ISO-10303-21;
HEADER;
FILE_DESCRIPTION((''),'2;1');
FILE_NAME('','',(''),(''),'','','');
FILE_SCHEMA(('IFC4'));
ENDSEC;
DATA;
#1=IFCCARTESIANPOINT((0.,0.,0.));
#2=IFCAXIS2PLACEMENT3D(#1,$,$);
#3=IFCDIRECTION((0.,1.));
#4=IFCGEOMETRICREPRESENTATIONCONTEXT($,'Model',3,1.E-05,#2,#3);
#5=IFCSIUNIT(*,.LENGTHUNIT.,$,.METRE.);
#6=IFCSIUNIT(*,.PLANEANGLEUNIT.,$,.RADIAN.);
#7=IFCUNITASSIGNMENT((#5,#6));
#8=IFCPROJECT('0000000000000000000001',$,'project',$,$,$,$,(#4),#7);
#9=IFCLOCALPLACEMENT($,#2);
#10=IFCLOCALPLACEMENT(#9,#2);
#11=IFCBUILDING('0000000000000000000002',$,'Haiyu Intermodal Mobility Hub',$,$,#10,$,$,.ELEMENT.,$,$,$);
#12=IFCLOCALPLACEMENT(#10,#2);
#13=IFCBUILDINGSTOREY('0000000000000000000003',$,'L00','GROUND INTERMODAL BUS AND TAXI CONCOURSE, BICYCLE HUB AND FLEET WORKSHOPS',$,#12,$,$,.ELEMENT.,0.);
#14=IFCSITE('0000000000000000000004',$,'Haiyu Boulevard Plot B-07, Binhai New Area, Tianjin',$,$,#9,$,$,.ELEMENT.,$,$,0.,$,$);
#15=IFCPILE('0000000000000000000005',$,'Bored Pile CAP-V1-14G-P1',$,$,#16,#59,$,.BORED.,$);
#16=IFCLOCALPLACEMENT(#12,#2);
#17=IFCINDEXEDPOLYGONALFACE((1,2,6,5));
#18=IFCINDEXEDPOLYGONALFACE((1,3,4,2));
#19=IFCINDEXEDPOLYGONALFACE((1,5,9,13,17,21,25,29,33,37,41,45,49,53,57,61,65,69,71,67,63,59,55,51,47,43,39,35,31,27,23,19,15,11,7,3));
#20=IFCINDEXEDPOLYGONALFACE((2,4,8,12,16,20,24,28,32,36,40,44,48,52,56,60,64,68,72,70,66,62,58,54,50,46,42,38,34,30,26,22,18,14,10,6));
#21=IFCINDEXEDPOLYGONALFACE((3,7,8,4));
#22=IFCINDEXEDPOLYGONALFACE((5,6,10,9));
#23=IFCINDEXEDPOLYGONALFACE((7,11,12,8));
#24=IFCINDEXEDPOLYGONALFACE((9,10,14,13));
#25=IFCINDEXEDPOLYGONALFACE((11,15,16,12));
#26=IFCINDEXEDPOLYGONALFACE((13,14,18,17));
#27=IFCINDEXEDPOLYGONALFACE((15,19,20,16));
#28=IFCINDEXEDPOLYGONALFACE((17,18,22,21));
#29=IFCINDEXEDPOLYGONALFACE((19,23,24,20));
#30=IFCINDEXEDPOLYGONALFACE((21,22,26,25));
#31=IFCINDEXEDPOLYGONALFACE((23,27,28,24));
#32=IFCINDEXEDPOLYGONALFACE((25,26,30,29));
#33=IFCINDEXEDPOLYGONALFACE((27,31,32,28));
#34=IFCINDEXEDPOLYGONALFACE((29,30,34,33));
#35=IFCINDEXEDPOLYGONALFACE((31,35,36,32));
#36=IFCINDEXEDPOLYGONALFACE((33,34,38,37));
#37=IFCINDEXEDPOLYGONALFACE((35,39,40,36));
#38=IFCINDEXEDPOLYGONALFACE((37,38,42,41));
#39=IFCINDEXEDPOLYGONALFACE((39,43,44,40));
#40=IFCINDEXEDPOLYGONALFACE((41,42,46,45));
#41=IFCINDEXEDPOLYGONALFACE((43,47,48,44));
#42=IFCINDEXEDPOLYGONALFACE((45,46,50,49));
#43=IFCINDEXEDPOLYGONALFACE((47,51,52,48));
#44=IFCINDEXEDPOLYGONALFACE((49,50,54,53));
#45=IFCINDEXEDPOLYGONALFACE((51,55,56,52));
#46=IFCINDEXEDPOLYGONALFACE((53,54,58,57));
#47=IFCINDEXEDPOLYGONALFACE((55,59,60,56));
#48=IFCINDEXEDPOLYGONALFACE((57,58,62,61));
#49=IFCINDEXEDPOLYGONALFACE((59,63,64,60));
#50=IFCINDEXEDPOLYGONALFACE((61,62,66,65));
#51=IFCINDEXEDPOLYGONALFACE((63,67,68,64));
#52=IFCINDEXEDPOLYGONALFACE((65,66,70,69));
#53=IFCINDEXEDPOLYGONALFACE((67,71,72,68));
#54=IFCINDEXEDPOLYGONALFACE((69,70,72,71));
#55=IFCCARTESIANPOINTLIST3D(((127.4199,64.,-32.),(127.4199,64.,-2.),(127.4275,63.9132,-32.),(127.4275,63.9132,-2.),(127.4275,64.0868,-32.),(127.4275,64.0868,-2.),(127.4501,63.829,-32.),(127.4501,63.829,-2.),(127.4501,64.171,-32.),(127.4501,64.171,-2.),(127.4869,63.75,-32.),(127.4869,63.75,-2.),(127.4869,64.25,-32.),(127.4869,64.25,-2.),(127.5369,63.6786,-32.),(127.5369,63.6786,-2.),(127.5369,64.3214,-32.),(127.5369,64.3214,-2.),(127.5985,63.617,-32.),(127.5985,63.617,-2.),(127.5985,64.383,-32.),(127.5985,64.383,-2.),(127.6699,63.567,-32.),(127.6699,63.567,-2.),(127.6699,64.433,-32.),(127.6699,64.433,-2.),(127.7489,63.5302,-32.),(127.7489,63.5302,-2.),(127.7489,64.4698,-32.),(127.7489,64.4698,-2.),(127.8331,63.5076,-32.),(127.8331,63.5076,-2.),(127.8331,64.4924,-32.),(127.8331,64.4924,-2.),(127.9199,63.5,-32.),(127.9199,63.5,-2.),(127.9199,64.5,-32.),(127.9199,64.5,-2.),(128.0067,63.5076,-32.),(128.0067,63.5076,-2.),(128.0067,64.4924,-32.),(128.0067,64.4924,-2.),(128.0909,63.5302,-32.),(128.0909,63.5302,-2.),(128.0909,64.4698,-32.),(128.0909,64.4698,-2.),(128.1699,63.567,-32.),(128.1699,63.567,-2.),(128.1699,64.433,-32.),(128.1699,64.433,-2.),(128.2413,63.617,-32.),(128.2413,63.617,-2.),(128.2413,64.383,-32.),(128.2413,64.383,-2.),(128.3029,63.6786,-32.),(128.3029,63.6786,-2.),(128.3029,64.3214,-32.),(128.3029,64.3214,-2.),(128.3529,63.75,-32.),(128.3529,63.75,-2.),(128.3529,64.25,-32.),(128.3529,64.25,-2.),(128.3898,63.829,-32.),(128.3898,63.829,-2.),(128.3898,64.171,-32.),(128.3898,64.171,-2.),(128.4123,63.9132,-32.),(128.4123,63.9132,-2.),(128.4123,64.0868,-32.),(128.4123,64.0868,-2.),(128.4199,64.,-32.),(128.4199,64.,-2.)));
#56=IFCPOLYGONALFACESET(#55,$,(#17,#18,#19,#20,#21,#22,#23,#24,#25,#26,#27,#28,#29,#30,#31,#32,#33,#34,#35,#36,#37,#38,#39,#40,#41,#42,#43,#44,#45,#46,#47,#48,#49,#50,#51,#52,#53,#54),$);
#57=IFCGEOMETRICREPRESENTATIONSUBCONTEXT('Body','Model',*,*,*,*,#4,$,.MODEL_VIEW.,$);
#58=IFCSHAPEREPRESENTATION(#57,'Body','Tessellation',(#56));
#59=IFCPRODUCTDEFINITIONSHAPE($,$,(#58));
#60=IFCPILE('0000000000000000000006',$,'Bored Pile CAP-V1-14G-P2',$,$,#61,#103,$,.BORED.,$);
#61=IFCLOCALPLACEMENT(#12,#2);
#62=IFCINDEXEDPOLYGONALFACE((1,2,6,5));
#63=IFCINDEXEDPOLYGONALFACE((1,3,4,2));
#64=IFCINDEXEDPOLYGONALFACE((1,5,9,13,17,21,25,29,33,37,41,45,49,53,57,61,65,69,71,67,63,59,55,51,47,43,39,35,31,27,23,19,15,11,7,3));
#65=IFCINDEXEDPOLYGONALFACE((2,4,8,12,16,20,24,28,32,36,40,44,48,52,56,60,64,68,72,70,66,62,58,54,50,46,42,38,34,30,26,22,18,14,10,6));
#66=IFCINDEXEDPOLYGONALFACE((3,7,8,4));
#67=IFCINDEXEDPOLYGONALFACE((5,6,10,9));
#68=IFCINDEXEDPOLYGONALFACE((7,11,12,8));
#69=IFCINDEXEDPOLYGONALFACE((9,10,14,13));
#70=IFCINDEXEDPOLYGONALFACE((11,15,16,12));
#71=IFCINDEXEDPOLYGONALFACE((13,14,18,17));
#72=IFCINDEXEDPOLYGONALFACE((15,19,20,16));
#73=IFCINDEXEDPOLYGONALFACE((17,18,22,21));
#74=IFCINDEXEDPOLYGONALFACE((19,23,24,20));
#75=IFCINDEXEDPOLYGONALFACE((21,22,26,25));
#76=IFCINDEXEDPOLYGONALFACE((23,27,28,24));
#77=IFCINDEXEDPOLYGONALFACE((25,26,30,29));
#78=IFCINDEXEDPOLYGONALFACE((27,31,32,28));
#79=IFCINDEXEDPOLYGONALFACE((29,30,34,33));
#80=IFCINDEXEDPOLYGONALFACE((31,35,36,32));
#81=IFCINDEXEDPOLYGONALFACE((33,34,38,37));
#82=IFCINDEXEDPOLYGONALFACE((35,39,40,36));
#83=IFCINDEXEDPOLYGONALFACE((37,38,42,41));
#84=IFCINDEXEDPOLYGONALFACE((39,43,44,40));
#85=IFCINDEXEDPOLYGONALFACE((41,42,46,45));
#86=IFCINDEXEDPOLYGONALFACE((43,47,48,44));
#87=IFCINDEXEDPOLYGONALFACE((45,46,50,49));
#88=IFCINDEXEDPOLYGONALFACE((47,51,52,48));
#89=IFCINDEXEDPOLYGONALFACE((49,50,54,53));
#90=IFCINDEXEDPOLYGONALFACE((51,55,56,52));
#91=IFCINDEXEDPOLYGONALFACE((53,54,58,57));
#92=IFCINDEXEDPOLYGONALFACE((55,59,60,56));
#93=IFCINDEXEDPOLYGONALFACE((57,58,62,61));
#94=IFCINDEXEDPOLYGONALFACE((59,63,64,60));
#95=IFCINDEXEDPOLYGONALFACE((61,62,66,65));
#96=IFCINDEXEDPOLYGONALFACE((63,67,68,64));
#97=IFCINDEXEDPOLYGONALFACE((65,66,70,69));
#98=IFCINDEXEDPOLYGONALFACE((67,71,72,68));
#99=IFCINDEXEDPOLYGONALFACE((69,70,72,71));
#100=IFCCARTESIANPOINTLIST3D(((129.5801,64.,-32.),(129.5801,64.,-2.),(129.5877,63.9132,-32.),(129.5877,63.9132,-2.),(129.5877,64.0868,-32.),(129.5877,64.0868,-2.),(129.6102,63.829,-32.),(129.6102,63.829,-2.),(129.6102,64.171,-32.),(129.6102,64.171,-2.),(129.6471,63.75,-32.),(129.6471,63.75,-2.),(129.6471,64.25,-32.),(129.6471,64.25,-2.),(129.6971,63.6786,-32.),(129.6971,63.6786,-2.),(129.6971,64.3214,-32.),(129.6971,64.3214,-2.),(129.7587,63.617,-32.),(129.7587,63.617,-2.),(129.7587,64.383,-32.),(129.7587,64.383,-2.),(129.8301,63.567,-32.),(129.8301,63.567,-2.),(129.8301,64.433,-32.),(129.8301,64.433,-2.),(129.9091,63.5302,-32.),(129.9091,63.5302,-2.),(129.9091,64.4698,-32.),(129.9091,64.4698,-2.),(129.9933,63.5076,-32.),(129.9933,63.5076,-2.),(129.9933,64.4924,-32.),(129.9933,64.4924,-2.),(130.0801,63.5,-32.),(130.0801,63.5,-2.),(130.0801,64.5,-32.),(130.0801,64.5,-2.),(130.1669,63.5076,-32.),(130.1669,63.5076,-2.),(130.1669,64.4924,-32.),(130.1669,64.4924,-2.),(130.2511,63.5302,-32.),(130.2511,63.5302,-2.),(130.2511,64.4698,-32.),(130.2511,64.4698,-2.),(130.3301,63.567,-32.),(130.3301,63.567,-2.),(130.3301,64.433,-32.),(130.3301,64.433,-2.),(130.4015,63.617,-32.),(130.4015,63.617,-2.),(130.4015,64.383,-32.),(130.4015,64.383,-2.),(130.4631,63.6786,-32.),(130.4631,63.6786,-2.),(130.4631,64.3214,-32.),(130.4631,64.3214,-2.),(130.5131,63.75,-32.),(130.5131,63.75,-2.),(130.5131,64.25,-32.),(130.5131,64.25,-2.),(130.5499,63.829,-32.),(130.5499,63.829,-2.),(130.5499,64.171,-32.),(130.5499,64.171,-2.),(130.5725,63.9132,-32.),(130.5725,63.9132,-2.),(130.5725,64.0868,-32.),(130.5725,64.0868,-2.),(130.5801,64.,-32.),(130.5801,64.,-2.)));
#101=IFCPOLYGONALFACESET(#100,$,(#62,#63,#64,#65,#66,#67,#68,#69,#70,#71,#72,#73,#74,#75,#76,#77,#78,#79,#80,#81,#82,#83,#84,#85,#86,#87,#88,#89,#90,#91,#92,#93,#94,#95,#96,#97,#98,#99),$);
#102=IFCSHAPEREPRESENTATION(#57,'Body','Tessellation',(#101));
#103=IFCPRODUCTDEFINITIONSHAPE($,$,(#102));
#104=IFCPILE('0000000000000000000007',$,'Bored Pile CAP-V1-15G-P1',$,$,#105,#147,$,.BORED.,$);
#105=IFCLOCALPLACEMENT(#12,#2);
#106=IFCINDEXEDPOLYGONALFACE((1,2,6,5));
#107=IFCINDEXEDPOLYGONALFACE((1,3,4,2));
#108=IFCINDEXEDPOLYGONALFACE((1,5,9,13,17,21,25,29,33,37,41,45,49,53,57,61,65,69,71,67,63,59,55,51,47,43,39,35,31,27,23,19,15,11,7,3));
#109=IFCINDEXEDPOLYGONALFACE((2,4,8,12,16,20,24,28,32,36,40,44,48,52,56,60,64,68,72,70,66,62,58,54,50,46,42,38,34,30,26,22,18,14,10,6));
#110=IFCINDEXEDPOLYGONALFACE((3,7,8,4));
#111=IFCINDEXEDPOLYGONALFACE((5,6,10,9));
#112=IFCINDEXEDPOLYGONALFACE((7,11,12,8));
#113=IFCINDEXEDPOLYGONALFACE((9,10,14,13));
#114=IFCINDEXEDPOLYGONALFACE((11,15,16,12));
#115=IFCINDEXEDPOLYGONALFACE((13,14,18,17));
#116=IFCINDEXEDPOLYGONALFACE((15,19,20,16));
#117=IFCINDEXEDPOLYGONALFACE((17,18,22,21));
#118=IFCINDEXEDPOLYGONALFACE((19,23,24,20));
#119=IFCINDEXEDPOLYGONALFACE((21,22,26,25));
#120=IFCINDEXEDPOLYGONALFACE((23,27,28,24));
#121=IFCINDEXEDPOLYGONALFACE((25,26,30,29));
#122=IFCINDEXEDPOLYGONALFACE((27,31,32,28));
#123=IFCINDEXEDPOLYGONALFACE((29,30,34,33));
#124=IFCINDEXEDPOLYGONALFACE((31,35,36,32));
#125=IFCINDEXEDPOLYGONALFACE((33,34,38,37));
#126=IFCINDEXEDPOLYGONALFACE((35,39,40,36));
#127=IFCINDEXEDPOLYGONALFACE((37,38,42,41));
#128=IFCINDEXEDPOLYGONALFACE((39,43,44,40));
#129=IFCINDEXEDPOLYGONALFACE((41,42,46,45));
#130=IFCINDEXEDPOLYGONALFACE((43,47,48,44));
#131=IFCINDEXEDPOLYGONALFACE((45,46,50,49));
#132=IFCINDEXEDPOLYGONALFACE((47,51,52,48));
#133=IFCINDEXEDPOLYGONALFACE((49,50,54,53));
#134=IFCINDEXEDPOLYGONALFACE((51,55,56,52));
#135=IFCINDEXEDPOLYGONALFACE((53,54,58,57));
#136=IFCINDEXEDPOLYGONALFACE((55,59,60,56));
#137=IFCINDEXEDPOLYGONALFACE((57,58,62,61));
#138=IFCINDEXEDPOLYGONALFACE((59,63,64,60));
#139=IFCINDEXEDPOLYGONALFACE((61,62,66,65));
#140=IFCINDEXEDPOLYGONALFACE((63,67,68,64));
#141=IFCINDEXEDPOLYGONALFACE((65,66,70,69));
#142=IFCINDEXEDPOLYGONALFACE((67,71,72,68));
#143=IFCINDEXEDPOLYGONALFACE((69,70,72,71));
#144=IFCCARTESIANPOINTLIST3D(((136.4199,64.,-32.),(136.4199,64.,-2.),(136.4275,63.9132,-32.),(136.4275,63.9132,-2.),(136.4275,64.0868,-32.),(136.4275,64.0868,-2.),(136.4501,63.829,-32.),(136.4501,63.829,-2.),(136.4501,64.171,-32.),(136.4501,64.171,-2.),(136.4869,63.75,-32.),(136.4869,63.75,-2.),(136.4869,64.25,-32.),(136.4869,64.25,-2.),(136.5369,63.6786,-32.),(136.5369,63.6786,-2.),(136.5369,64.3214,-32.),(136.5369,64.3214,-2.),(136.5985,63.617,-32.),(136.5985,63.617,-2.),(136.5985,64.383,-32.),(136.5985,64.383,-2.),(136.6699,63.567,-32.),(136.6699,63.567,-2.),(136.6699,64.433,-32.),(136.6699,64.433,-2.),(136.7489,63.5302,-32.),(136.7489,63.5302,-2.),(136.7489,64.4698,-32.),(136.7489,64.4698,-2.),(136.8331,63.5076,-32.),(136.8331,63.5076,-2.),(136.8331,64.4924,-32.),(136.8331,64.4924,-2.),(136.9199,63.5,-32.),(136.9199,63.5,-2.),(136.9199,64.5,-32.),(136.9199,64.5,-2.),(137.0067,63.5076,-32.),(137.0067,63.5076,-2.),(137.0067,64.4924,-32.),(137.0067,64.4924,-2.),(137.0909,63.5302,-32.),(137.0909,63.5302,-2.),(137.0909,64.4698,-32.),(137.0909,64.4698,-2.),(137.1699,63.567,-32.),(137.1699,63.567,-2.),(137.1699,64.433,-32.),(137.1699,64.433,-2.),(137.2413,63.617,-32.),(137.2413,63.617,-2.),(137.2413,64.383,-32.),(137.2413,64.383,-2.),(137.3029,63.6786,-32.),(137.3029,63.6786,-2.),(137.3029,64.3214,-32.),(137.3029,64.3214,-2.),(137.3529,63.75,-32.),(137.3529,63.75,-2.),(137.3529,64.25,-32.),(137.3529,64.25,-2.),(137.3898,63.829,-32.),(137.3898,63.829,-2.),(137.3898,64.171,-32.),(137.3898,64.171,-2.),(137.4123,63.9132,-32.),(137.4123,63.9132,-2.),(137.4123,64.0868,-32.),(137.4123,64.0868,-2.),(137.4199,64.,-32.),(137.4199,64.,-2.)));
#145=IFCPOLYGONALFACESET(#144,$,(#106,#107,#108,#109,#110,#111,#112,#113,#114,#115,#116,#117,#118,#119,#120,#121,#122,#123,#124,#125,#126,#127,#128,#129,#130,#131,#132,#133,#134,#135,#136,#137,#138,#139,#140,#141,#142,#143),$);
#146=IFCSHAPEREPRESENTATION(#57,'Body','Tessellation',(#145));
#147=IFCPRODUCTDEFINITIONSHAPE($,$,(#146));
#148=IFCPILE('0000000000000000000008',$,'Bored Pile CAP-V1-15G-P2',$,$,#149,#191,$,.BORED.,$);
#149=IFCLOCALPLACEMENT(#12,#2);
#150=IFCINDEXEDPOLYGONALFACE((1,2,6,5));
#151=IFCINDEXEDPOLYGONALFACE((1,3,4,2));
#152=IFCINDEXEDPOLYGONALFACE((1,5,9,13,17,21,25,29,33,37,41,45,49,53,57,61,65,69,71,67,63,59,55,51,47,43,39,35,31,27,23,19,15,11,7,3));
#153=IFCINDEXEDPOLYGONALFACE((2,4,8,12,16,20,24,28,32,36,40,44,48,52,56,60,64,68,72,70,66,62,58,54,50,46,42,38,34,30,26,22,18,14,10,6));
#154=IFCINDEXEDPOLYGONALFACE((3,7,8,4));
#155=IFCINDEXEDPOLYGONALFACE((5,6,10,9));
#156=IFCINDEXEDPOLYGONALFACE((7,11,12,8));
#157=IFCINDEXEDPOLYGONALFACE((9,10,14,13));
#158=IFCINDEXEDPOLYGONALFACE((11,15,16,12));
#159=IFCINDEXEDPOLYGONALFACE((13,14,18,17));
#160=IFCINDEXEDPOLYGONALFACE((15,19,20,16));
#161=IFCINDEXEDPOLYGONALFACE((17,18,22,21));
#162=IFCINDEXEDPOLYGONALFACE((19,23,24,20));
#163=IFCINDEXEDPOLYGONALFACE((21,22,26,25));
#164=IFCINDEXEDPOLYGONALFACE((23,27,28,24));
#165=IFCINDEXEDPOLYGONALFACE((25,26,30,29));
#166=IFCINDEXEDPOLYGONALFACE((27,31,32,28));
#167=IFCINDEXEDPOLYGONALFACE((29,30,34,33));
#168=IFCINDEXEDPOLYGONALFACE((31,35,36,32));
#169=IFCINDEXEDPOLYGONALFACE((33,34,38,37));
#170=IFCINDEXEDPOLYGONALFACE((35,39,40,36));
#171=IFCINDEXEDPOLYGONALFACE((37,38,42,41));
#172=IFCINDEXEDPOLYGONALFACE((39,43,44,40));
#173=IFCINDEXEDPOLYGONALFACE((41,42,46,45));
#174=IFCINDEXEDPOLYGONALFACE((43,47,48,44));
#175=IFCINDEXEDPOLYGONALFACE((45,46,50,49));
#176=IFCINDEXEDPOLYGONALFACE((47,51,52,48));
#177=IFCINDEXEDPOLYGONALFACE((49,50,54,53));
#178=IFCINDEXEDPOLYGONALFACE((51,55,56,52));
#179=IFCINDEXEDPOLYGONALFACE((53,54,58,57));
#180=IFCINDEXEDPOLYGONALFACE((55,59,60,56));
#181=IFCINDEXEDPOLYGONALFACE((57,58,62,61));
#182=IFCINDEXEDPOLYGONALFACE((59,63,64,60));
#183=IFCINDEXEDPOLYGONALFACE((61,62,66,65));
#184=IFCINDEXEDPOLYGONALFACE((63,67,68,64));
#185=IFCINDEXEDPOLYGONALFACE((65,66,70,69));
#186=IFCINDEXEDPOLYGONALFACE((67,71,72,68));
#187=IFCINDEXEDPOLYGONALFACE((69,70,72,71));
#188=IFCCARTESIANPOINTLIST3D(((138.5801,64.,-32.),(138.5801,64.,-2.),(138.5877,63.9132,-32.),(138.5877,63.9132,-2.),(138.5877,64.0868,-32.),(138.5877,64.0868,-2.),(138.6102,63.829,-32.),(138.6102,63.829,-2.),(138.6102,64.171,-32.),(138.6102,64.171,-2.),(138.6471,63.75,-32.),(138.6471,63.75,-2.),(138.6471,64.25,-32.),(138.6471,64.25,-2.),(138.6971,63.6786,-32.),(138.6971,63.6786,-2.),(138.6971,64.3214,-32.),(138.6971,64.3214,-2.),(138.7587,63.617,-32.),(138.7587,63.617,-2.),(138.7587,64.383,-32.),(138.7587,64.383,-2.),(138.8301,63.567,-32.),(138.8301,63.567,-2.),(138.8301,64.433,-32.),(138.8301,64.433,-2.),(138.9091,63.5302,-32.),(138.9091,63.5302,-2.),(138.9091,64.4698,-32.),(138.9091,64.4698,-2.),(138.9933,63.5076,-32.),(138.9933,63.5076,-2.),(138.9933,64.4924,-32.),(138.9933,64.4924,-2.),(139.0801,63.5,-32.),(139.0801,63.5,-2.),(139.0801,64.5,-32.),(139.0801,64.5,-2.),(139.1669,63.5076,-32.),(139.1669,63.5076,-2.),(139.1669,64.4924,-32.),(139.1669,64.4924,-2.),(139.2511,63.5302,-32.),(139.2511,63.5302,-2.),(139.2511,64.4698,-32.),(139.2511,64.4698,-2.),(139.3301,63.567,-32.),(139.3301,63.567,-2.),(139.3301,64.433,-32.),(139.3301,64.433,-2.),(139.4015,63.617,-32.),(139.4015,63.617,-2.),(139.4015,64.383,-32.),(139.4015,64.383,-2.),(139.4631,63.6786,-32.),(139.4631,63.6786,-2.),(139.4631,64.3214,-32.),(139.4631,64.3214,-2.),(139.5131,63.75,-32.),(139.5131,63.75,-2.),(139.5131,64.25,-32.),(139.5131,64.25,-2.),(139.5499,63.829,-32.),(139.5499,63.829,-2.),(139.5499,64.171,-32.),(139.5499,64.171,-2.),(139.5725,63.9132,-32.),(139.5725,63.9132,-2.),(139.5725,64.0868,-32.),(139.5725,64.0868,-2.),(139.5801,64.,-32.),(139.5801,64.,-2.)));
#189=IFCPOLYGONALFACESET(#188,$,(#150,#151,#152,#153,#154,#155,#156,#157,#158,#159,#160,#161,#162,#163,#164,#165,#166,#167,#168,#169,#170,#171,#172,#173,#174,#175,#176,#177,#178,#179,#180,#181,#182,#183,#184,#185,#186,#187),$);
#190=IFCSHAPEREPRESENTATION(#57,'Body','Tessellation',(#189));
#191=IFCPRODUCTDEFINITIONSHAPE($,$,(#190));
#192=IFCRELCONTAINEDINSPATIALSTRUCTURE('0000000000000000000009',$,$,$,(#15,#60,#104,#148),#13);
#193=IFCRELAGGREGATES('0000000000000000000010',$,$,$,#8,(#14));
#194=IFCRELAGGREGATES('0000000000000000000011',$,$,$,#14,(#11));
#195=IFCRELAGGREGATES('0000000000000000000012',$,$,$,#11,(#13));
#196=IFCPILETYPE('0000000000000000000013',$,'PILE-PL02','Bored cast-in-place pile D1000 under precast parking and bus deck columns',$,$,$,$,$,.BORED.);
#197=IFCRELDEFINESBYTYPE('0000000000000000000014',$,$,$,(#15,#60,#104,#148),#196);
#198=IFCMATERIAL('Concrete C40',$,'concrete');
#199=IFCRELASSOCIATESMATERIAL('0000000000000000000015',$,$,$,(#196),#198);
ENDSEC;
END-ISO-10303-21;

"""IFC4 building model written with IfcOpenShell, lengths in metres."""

from ifc_helpers import new_model, si_unit, direction, frame, origin, origin_2d, place, context, subcontext, project, spatial, circle, extrude, material, material_profile, profile_set, type_object, element, save


model = new_model("IFC4")

# Units and contexts
model_context = context("Model", 3, precision=1e-05, world=origin(), true_north=direction((0.0, 1.0)))
body_context = subcontext(model_context, "Body", "Model", "MODEL_VIEW")
ifc_project = project(units=[si_unit("LENGTHUNIT", "METRE"), si_unit("PLANEANGLEUNIT", "RADIAN")], contexts=[model_context])

# Site, building, storey
site_placement = place(None, origin())
site = spatial("IfcSite", under=ifc_project, at=site_placement, Name="Haiyu Boulevard Plot B-07, Binhai New Area, Tianjin", CompositionType="ELEMENT", RefElevation=0.0)
building_placement = place(site_placement, origin())
building = spatial("IfcBuilding", under=site, at=building_placement, Name="Haiyu Intermodal Mobility Hub", CompositionType="ELEMENT")
storey_placement = place(building_placement, origin())
storey = spatial("IfcBuildingStorey", under=building, at=storey_placement, Name="L00", Description="GROUND INTERMODAL BUS AND TAXI CONCOURSE, BICYCLE HUB AND FLEET WORKSHOPS", CompositionType="ELEMENT", Elevation=0.0)

# Shared definitions
ifc_material_1 = material(Name="Concrete C40", Category="concrete")

# Piles
ifc_material_profile_1 = material_profile(ifc_material_1, circle(Radius=0.5, at=origin_2d()), Name="PILE-D1000")
ifc_profile_set_1 = profile_set([ifc_material_profile_1], Name="Concrete C40")
pile_type_1 = type_object("IfcPileType", Name="PILE-PL02", Description="Bored cast-in-place pile D1000 under precast parking and bus deck columns", PredefinedType="BORED", material=ifc_profile_set_1)
for number, where, z_axis, x_axis, name in (
    (1, (127.9199, 64.0, -2.0), (0.0, 0.0, -1.0), (1.0, 0.0, 0.0), "Bored Pile CAP-V1-14G-P1"),
    (2, (130.0801, 64.0, -2.0), (0.0, 0.0, -1.0), (1.0, 0.0, 0.0), "Bored Pile CAP-V1-14G-P2"),
    (3, (136.9199, 64.0, -2.0), (0.0, 0.0, -1.0), (1.0, 0.0, 0.0), "Bored Pile CAP-V1-15G-P1"),
    (4, (139.0801, 64.0, -2.0), (0.0, 0.0, -1.0), (1.0, 0.0, 0.0), "Bored Pile CAP-V1-15G-P2"),
):
    element("IfcPile", number, at=place(storey_placement, frame(where, z_axis=z_axis, x_axis=x_axis)), inside=storey, type_object=pile_type_1, Name=name, PredefinedType="BORED", context=body_context, shape_type="SweptSolid", body=[
        extrude(circle(Radius=0.5, at=origin_2d()), origin(), (0.0, 0.0, 1.0), 30.0),
    ])

save(model, "model.ifc")
